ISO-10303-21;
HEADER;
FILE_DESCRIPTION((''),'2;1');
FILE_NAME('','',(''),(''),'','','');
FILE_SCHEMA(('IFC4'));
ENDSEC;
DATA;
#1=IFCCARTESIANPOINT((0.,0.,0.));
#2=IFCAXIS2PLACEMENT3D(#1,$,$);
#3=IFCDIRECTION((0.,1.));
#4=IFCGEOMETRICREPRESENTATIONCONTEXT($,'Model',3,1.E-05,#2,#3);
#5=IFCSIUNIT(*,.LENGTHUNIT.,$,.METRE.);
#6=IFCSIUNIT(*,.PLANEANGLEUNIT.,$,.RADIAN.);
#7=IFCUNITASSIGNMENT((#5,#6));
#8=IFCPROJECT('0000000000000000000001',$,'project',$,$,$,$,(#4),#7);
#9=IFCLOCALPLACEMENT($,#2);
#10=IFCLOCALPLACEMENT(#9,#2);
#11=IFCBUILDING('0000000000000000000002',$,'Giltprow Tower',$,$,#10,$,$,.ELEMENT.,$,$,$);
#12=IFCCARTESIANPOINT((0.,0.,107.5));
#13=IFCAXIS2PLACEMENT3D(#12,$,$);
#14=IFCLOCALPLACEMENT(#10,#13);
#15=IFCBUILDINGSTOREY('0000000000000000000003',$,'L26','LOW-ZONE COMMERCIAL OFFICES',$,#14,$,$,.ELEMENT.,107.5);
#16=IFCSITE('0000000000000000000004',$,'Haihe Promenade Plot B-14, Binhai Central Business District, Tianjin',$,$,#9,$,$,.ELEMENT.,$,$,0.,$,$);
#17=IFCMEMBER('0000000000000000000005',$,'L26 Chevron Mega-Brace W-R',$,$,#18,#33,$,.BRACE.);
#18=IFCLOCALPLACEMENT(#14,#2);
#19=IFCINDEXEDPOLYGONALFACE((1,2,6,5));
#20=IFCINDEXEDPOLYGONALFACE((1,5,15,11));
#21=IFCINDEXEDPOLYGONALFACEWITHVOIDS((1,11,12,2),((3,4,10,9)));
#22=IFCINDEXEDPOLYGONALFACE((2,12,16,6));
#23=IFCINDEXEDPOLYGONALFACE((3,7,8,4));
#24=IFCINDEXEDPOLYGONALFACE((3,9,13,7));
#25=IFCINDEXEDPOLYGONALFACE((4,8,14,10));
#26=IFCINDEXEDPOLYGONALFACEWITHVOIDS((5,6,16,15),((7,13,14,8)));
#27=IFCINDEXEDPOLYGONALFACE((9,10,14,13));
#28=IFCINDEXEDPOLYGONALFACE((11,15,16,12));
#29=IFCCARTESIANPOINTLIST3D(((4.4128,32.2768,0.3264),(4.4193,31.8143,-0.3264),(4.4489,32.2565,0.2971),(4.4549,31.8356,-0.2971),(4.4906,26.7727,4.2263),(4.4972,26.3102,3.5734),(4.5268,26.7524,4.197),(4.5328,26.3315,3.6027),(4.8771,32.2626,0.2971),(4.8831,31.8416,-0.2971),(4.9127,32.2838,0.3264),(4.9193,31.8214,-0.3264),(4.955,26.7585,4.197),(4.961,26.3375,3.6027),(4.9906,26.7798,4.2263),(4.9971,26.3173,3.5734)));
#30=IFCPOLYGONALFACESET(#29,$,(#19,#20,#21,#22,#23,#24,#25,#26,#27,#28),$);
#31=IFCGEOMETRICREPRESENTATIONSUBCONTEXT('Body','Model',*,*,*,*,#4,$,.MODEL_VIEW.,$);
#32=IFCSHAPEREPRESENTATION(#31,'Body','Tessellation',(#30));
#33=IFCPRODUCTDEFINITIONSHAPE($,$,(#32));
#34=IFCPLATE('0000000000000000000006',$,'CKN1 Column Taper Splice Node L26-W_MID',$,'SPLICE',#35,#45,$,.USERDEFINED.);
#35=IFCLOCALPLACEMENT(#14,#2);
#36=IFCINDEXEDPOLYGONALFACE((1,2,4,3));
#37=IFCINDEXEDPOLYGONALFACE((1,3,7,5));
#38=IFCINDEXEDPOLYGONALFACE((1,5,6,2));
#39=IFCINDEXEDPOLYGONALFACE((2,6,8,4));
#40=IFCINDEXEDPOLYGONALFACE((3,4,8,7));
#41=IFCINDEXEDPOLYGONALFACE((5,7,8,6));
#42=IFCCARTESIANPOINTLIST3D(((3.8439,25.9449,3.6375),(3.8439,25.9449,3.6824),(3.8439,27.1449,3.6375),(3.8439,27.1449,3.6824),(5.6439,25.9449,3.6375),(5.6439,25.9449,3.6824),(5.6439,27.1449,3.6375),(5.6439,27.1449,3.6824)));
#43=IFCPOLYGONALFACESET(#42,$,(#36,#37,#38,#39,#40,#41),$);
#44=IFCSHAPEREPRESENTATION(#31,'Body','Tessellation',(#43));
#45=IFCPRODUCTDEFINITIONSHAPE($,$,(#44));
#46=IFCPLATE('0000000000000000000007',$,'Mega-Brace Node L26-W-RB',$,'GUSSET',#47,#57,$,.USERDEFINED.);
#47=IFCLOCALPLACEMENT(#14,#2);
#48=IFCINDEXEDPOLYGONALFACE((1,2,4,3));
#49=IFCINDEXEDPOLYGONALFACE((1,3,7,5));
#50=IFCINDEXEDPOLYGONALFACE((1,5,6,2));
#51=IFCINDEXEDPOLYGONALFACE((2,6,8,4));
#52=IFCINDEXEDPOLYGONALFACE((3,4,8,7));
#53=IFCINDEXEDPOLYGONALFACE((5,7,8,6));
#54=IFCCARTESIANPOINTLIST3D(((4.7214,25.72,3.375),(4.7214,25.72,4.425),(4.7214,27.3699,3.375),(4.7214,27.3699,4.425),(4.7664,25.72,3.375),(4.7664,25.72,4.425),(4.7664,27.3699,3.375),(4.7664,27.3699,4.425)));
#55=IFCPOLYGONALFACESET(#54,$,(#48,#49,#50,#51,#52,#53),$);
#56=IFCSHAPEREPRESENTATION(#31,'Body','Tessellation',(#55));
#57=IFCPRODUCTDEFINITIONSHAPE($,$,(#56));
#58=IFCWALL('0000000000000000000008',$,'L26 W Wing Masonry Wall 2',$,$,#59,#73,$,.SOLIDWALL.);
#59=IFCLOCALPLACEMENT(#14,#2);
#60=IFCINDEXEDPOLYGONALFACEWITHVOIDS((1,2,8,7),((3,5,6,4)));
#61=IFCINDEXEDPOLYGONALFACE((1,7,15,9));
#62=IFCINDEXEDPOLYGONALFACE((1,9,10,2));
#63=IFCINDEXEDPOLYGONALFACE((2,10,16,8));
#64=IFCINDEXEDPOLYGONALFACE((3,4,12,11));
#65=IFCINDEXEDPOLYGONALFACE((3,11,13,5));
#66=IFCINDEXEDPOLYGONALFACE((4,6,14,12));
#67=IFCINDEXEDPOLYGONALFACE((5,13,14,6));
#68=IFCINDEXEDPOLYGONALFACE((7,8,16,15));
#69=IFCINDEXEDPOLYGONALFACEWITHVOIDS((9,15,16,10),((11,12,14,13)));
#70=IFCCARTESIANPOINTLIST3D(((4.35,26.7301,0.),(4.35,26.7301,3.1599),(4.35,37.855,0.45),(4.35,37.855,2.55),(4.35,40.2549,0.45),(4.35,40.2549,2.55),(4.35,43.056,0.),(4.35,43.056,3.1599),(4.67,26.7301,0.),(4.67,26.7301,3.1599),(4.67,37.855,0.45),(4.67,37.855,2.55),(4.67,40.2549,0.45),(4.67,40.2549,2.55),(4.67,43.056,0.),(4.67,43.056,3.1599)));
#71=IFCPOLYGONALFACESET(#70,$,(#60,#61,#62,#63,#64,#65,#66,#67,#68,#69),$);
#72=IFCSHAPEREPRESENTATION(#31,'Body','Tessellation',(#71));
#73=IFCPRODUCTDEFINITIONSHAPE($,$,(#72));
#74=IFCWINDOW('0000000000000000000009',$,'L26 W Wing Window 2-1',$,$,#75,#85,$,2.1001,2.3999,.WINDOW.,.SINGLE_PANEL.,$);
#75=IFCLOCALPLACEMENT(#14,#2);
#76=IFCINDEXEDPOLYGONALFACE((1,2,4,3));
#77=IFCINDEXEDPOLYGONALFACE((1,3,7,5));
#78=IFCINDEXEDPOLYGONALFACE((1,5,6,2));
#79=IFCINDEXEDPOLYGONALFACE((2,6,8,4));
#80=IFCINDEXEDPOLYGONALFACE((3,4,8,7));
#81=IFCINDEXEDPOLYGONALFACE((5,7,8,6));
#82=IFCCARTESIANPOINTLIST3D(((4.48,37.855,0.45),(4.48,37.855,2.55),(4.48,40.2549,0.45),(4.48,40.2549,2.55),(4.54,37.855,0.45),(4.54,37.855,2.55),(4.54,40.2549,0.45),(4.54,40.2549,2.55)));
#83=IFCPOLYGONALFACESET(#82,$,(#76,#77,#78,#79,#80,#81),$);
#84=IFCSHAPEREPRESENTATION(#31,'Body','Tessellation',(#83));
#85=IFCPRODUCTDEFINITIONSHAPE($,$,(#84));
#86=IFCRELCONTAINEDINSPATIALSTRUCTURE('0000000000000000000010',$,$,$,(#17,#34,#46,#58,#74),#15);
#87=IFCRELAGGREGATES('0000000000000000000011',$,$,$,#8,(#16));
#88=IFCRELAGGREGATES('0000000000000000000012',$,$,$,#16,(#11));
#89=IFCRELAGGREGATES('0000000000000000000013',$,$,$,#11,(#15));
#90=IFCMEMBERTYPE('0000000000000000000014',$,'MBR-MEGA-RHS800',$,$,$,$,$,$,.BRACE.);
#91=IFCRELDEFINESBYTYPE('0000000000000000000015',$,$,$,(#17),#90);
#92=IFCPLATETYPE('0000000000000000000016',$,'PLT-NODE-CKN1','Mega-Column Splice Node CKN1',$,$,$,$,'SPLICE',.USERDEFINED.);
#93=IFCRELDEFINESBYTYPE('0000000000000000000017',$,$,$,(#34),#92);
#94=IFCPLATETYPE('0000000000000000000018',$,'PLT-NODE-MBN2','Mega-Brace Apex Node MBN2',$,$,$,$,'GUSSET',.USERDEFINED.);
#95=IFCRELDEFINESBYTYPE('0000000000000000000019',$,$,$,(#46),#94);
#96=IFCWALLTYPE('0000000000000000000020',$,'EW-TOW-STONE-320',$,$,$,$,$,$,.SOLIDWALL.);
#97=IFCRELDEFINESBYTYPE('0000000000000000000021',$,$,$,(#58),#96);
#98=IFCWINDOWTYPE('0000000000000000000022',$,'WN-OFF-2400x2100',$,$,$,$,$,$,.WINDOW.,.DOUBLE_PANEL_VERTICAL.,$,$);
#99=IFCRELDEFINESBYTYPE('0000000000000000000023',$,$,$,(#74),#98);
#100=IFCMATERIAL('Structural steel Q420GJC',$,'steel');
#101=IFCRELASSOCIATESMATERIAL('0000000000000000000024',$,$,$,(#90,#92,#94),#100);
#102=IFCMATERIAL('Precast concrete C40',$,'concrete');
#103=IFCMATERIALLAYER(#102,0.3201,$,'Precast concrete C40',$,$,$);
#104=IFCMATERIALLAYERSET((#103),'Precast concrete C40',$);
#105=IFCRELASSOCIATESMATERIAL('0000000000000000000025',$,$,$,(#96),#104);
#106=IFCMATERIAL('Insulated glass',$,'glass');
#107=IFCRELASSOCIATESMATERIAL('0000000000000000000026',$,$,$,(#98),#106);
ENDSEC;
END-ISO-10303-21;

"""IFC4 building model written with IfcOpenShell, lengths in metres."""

from ifc_helpers import new_model, si_unit, direction, frame, frame_2d, origin, origin_2d, place, context, subcontext, project, spatial, rectangle, hollow_rectangle, extrude, source, transform, mapped, material, layer, layer_set, material_profile, profile_set, type_object, element, fill, save


model = new_model("IFC4")

# Units and contexts
model_context = context("Model", 3, precision=1e-05, world=origin(), true_north=direction((0.0, 1.0)))
body_context = subcontext(model_context, "Body", "Model", "MODEL_VIEW")
ifc_project = project(units=[si_unit("LENGTHUNIT", "METRE"), si_unit("PLANEANGLEUNIT", "RADIAN")], contexts=[model_context])

# Site, building, storey
site_placement = place(None, origin())
site = spatial("IfcSite", under=ifc_project, at=site_placement, Name="Haihe Promenade Plot B-14, Binhai Central Business District, Tianjin", CompositionType="ELEMENT", RefElevation=0.0)
building_placement = place(site_placement, origin())
building = spatial("IfcBuilding", under=site, at=building_placement, Name="Giltprow Tower", CompositionType="ELEMENT")
storey_placement = place(building_placement, frame((0.0, 0.0, 107.5)))
storey = spatial("IfcBuildingStorey", under=building, at=storey_placement, Name="L26", Description="LOW-ZONE COMMERCIAL OFFICES", CompositionType="ELEMENT", Elevation=107.5)

# Shared definitions
ifc_material_1 = material(Name="Structural steel Q420GJC", Category="steel")

# Member
ifc_material_profile_1 = material_profile(ifc_material_1, hollow_rectangle(XDim=0.5, YDim=0.8, WallThickness=0.0359, at=origin_2d()), Name="RHS 800x500x36")
ifc_profile_set_1 = profile_set([ifc_material_profile_1], Name="Structural steel Q420GJC")
member_type = type_object("IfcMemberType", Name="MBR-MEGA-RHS800", PredefinedType="BRACE", material=ifc_profile_set_1)
shared_shape_1 = source(origin(), body_context, "Body", "SweptSolid", [
    extrude(hollow_rectangle(XDim=0.5, YDim=0.8, WallThickness=0.0359, at=origin_2d()), origin(), (0.0, 0.0, 1.0), 6.7461),
])
member_placement = place(storey_placement, frame((4.666, 32.0491, 0.0), z_axis=(0.011544, -0.815891, 0.57809), x_axis=(0.9999, 0.014148, 0.0)))
element("IfcMember", 1, at=member_placement, inside=storey, type_object=member_type, Name="L26 Chevron Mega-Brace W-R", PredefinedType="BRACE", context=body_context, shape_type="MappedRepresentation", body=[
    mapped(shared_shape_1, transform((0.0, 0.0, 0.0), x_axis=(1.0, 0.0, 0.0), y_axis=(0.0, 1.0, 0.0), z_axis=(0.0, 0.0, 1.0), scale=1.0)),
])

# Plates
plate_type_1 = type_object("IfcPlateType", Name="PLT-NODE-CKN1", Description="Mega-Column Splice Node CKN1", ElementType="SPLICE", PredefinedType="USERDEFINED", material=ifc_material_1)
shared_shape_2 = source(origin(), body_context, "Body", "SweptSolid", [
    extrude(rectangle(XDim=1.8, YDim=1.2, at=origin_2d()), origin(), (0.0, 0.0, 1.0), 0.0449),
])
plate_1_placement = place(storey_placement, frame((4.7439, 26.5449, 3.6375), z_axis=(0.0, 0.0, 1.0), x_axis=(1.0, 0.0, 0.0)))
element("IfcPlate", 2, at=plate_1_placement, inside=storey, type_object=plate_type_1, Name="CKN1 Column Taper Splice Node L26-W_MID", ObjectType="SPLICE", PredefinedType="USERDEFINED", context=body_context, shape_type="MappedRepresentation", body=[
    mapped(shared_shape_2, transform((0.0, 0.0, 0.0), x_axis=(1.0, 0.0, 0.0), y_axis=(0.0, 1.0, 0.0), z_axis=(0.0, 0.0, 1.0), scale=1.0)),
])
plate_type_2 = type_object("IfcPlateType", Name="PLT-NODE-MBN2", Description="Mega-Brace Apex Node MBN2", ElementType="GUSSET", PredefinedType="USERDEFINED", material=ifc_material_1)
shared_shape_3 = source(origin(), body_context, "Body", "SweptSolid", [
    extrude(rectangle(XDim=1.6499, YDim=0.0449, at=origin_2d()), origin(), (0.0, 0.0, 1.0), 1.05),
])
plate_2_placement = place(storey_placement, frame((4.7439, 26.5449, 3.375), z_axis=(0.0, 0.0, 1.0), x_axis=(0.0, 1.0, 0.0)))
element("IfcPlate", 3, at=plate_2_placement, inside=storey, type_object=plate_type_2, Name="Mega-Brace Node L26-W-RB", ObjectType="GUSSET", PredefinedType="USERDEFINED", context=body_context, shape_type="MappedRepresentation", body=[
    mapped(shared_shape_3, transform((0.0, 0.0, 0.0), x_axis=(1.0, 0.0, 0.0), y_axis=(0.0, 1.0, 0.0), z_axis=(0.0, 0.0, 1.0), scale=1.0)),
])

# Wall, opening, window
ifc_material_2 = material(Name="Precast concrete C40", Category="concrete")
ifc_layer_1 = layer(ifc_material_2, 0.3201, Name="Precast concrete C40")
ifc_layer_set_1 = layer_set([ifc_layer_1], Name="Precast concrete C40")
wall_type_1 = type_object("IfcWallType", Name="EW-TOW-STONE-320", PredefinedType="SOLIDWALL", material=ifc_layer_set_1)
wall_1_placement = place(storey_placement, frame((4.51, 26.73, 0.0), z_axis=(0.0, 0.0, 1.0), x_axis=(0.0, 1.0, 0.0)))
wall_1 = element("IfcWall", 4, at=wall_1_placement, inside=storey, type_object=wall_type_1, Name="L26 W Wing Masonry Wall 2", PredefinedType="SOLIDWALL", context=body_context, shape_type="SweptSolid", body=[
    extrude(rectangle(XDim=16.3259, YDim=0.3201, at=frame_2d((8.1631, 0.0))), origin(), (0.0, 0.0, 1.0), 3.1599),
])
opening_1_placement = place(wall_1_placement, frame((11.125, 0.0, 0.45)))
opening_1 = element("IfcOpeningElement", 5, at=opening_1_placement, cuts=wall_1, PredefinedType="OPENING", context=body_context, shape_type="SweptSolid", body=[
    extrude(rectangle(XDim=2.3999, YDim=2.1001, at=frame_2d((1.2, 1.05))), frame((0.0, 0.1699, 0.0), z_axis=(0.0, -1.0, 0.0), x_axis=(1.0, 0.0, 0.0)), (0.0, 0.0, 1.0), 0.3401),
])
ifc_material_3 = material(Name="Insulated glass", Category="glass")
window_type = type_object("IfcWindowType", Name="WN-OFF-2400x2100", PartitioningType="DOUBLE_PANEL_VERTICAL", PredefinedType="WINDOW", material=ifc_material_3)
shared_shape_4 = source(origin(), body_context, "Body", "SweptSolid", [
    extrude(rectangle(XDim=2.3999, YDim=2.1001, at=frame_2d((1.2, 1.05))), frame((0.0, 0.03, 0.0), z_axis=(0.0, -1.0, 0.0), x_axis=(1.0, 0.0, 0.0)), (0.0, 0.0, 1.0), 0.0601),
])
window_placement = place(opening_1_placement, origin())
window = element("IfcWindow", 6, at=window_placement, inside=storey, type_object=window_type, Name="L26 W Wing Window 2-1", OverallHeight=2.1001, OverallWidth=2.3999, PartitioningType="SINGLE_PANEL", PredefinedType="WINDOW", context=body_context, shape_type="MappedRepresentation", body=[
    mapped(shared_shape_4, transform((0.0, 0.0, 0.0), x_axis=(1.0, 0.0, 0.0), y_axis=(0.0, 1.0, 0.0), z_axis=(0.0, 0.0, 1.0), scale=1.0)),
])
fill(opening_1, window)

save(model, "model.ifc")
